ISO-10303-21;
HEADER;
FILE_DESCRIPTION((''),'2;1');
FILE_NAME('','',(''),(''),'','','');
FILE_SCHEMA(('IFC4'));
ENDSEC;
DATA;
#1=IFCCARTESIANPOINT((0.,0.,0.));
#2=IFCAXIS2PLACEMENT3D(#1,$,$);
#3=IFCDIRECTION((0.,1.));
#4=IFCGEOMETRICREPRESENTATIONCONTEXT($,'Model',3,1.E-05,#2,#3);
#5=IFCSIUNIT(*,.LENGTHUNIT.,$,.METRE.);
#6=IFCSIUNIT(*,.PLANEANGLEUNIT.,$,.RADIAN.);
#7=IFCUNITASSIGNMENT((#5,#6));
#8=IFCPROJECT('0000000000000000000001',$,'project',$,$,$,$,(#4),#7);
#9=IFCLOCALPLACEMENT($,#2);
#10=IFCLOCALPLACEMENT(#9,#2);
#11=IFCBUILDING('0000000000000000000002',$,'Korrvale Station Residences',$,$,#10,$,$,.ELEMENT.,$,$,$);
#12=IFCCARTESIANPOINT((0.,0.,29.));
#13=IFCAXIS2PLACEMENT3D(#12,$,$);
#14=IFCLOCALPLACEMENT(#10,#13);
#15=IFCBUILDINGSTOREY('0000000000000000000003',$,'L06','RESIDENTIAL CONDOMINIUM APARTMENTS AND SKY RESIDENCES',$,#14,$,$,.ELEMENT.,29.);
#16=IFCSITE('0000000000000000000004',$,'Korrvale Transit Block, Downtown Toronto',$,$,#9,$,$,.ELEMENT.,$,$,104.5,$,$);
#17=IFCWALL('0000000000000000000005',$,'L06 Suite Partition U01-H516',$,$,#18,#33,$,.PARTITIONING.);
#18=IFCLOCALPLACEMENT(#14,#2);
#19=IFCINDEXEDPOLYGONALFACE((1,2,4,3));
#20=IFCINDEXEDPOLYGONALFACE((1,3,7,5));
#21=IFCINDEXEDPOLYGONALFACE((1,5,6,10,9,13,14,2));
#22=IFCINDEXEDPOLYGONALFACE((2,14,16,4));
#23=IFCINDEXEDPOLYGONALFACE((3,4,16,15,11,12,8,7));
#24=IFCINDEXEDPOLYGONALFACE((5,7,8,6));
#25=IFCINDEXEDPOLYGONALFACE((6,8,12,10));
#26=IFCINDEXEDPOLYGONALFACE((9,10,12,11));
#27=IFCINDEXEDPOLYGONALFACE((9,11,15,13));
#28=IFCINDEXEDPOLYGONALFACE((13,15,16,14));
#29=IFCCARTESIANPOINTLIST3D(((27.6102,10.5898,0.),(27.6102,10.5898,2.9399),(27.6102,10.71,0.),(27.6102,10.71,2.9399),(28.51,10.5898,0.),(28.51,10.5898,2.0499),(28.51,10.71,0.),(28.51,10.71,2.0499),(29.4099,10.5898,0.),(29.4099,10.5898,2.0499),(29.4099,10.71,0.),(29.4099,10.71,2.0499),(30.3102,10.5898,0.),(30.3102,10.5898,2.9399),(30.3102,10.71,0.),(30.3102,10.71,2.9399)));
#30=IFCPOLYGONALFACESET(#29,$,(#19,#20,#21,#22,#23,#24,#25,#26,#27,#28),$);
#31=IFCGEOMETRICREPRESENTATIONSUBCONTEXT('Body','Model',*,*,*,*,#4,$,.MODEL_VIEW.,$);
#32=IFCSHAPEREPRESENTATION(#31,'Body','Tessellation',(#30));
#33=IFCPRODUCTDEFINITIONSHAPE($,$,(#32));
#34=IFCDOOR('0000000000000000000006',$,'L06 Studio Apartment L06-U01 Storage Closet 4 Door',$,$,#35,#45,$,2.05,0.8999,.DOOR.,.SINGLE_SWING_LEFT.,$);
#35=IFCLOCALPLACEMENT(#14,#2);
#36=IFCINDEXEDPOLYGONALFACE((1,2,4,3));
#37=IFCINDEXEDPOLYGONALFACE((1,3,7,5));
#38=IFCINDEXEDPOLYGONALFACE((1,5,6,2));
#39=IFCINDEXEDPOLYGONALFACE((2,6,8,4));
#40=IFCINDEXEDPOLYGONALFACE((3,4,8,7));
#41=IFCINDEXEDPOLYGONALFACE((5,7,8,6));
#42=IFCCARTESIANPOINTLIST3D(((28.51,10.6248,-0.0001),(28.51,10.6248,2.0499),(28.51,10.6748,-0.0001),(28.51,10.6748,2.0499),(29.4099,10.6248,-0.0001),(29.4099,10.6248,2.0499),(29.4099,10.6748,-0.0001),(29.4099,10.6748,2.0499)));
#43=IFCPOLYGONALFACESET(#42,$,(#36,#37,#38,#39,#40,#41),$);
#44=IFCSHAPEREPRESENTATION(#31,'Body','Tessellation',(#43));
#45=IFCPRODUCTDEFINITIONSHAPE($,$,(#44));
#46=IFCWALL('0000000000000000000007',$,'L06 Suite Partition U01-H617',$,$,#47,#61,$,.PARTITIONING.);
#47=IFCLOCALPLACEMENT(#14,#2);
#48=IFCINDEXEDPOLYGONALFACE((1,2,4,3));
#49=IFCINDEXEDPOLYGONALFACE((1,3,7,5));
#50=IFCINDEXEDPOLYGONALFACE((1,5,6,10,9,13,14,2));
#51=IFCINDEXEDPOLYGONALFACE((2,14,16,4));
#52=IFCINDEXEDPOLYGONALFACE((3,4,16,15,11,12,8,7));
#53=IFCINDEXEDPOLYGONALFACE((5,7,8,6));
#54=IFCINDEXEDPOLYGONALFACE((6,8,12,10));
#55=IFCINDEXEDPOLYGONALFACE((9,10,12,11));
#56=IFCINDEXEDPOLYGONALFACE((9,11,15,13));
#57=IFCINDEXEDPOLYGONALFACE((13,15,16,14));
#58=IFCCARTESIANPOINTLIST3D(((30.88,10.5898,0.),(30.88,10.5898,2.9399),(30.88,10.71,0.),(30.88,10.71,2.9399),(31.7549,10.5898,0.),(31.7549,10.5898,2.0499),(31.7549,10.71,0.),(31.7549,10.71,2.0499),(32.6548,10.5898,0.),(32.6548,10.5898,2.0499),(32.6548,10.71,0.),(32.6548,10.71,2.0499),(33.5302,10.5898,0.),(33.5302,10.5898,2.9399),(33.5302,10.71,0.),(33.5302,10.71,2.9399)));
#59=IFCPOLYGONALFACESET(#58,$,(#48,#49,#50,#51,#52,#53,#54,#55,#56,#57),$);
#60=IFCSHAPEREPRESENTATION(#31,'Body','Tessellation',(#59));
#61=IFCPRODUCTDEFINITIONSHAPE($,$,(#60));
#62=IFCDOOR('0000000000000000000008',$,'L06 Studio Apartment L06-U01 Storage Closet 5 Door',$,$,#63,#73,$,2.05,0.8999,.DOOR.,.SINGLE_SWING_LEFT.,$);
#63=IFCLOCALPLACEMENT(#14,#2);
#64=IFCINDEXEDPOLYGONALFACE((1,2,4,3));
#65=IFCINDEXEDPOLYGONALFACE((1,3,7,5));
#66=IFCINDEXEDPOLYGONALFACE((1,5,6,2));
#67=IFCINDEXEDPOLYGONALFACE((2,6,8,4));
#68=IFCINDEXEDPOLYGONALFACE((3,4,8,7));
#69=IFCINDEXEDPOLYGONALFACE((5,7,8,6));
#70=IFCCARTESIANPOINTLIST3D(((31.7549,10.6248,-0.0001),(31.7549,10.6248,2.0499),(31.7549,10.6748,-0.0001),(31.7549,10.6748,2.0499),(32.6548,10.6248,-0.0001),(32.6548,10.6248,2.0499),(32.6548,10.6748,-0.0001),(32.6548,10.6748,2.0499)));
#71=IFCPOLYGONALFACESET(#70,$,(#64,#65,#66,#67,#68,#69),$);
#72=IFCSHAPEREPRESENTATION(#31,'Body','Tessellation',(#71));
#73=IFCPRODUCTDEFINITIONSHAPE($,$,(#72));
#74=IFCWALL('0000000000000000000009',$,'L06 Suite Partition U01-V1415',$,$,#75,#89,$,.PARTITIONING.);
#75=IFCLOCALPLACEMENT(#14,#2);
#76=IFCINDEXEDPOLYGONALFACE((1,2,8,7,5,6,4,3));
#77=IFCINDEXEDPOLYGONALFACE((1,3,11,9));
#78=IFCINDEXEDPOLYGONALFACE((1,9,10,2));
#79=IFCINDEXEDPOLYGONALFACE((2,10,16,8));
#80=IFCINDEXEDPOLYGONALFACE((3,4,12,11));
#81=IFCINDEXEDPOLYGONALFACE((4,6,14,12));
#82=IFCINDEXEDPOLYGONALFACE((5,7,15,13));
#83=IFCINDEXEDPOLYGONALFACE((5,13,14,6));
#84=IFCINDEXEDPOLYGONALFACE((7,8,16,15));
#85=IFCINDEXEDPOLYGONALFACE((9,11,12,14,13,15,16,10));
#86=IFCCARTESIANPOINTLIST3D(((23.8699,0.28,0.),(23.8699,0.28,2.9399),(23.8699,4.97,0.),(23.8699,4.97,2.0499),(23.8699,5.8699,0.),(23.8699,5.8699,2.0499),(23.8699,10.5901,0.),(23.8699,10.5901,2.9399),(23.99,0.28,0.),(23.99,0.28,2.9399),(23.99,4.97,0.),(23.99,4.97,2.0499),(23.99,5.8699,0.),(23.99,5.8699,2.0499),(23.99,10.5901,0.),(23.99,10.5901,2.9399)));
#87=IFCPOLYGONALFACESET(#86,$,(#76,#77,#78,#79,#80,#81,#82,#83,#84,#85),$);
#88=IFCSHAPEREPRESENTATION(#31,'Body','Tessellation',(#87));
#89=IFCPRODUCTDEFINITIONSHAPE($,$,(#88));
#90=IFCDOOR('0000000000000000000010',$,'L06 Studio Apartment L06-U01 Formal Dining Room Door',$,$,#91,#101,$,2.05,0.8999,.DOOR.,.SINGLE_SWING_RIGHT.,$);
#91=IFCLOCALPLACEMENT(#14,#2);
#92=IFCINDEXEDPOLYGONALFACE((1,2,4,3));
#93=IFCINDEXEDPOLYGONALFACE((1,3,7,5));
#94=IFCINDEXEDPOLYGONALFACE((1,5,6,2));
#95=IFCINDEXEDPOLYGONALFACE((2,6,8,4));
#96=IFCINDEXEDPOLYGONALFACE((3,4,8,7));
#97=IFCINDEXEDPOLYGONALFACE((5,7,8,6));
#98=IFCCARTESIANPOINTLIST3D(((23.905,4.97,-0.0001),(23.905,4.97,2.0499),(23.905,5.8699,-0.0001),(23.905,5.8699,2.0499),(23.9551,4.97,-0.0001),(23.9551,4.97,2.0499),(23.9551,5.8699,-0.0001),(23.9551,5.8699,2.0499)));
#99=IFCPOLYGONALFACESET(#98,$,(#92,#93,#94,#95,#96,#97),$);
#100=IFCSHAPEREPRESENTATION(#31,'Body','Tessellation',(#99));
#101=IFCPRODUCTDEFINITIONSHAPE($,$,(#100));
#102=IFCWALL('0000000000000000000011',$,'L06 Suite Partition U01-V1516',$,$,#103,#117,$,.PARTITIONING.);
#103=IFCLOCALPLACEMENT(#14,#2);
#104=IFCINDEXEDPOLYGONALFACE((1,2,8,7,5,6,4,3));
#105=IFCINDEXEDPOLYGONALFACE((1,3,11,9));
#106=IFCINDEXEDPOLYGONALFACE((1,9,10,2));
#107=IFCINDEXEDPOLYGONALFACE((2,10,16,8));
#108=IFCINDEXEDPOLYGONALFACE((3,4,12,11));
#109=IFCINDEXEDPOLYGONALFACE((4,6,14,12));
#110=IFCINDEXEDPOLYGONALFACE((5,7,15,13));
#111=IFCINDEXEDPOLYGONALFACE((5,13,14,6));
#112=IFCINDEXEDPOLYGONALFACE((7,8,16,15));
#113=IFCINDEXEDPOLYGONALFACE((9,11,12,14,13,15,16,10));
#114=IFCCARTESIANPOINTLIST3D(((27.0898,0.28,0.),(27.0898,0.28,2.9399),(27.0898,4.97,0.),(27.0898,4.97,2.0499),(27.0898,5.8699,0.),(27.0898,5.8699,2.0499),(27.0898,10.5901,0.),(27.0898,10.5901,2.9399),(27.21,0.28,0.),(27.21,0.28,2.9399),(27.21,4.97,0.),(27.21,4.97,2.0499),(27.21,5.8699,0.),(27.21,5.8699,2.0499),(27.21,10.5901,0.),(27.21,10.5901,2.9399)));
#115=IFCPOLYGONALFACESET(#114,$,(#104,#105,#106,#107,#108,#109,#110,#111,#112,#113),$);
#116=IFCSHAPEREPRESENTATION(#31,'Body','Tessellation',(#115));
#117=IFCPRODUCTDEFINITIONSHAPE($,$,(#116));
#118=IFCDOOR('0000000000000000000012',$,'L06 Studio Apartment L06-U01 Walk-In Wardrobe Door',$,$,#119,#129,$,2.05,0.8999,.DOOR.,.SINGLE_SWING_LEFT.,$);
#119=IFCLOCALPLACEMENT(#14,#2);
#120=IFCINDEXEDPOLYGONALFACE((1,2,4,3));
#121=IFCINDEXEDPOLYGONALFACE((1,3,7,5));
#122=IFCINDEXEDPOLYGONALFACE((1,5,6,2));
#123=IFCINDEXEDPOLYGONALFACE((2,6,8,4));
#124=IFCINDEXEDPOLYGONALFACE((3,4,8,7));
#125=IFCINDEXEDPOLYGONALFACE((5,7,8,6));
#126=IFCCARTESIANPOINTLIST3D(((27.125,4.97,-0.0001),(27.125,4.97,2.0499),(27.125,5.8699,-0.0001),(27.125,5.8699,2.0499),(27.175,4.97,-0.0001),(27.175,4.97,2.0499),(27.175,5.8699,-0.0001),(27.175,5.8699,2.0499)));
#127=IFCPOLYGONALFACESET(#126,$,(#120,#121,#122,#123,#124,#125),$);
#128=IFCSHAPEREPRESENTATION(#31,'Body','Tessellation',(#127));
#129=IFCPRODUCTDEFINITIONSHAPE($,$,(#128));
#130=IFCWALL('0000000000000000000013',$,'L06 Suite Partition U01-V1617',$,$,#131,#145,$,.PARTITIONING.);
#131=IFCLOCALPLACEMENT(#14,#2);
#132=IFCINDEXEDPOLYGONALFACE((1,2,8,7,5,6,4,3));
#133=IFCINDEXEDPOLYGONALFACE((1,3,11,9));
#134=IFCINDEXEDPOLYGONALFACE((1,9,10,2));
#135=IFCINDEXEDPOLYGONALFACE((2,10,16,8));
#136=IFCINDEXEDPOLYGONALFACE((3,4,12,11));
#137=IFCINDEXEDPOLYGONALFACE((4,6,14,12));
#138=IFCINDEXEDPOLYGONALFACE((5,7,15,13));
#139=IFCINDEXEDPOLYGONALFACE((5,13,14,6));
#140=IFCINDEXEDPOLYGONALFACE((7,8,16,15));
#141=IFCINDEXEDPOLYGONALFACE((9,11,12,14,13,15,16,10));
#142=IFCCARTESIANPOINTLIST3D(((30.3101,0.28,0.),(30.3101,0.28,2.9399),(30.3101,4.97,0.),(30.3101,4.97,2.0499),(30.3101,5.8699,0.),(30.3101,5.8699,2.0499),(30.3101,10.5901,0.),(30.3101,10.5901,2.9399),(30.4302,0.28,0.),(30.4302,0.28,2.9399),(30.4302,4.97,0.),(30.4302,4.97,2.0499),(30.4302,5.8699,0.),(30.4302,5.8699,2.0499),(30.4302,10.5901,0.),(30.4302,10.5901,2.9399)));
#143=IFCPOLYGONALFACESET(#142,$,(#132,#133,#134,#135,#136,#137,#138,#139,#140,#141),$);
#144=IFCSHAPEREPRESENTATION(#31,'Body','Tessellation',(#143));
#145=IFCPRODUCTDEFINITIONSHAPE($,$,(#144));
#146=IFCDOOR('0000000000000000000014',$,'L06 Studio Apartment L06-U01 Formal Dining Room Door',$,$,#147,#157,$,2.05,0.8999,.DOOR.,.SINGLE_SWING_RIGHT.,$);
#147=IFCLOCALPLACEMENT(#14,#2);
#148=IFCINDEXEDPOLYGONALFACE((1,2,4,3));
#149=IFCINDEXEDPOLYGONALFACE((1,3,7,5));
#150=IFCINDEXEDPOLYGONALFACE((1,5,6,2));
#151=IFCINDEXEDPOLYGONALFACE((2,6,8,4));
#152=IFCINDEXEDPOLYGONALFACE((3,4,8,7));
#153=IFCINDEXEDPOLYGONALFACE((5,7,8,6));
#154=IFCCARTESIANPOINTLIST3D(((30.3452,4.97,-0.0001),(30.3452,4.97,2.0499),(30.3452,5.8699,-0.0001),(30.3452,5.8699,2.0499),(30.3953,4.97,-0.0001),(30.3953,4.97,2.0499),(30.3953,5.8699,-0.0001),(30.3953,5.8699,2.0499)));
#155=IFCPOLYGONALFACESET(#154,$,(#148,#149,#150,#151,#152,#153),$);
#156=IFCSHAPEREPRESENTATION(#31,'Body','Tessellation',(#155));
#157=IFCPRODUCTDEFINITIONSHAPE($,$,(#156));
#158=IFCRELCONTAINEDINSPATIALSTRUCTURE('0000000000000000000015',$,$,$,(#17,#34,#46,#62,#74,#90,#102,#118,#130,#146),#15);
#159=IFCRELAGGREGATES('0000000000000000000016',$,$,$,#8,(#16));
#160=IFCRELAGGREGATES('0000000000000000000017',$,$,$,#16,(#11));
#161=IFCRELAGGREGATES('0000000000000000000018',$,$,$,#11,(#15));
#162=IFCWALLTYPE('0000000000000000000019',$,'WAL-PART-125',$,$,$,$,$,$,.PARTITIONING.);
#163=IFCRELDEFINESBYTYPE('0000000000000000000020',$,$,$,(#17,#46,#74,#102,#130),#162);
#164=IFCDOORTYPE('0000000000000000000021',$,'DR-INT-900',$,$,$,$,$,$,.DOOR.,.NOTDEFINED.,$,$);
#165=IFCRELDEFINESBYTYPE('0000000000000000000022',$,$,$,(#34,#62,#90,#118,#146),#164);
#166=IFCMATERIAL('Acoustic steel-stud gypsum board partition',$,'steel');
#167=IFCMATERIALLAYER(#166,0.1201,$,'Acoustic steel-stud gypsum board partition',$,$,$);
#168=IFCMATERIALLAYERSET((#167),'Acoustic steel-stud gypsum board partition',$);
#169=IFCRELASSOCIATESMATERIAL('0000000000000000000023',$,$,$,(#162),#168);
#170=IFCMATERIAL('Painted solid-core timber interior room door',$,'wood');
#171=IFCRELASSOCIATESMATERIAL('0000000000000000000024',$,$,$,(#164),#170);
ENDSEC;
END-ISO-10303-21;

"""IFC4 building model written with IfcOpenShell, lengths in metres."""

from ifc_helpers import new_model, si_unit, direction, frame, frame_2d, origin, place, context, subcontext, project, spatial, rectangle, extrude, material, layer, layer_set, type_object, element, fill, save


model = new_model("IFC4")

# Units and contexts
model_context = context("Model", 3, precision=1e-05, world=origin(), true_north=direction((0.0, 1.0)))
body_context = subcontext(model_context, "Body", "Model", "MODEL_VIEW")
ifc_project = project(units=[si_unit("LENGTHUNIT", "METRE"), si_unit("PLANEANGLEUNIT", "RADIAN")], contexts=[model_context])

# Site, building, storey
site_placement = place(None, origin())
site = spatial("IfcSite", under=ifc_project, at=site_placement, Name="Korrvale Transit Block, Downtown Toronto", CompositionType="ELEMENT", RefElevation=104.5)
building_placement = place(site_placement, origin())
building = spatial("IfcBuilding", under=site, at=building_placement, Name="Korrvale Station Residences", CompositionType="ELEMENT")
storey_placement = place(building_placement, frame((0.0, 0.0, 29.0)))
storey = spatial("IfcBuildingStorey", under=building, at=storey_placement, Name="L06", Description="RESIDENTIAL CONDOMINIUM APARTMENTS AND SKY RESIDENCES", CompositionType="ELEMENT", Elevation=29.0)

# Walls, openings, doors
ifc_material_1 = material(Name="Acoustic steel-stud gypsum board partition", Category="steel")
ifc_layer_1 = layer(ifc_material_1, 0.1201, Name="Acoustic steel-stud gypsum board partition")
ifc_layer_set_1 = layer_set([ifc_layer_1], Name="Acoustic steel-stud gypsum board partition")
wall_type = type_object("IfcWallType", Name="WAL-PART-125", PredefinedType="PARTITIONING", material=ifc_layer_set_1)
ifc_material_2 = material(Name="Painted solid-core timber interior room door", Category="wood")
door_type = type_object("IfcDoorType", Name="DR-INT-900", OperationType="NOTDEFINED", PredefinedType="DOOR", material=ifc_material_2)
wall_1_placement = place(storey_placement, frame((27.6101, 10.6499, 0.0), z_axis=(0.0, 0.0, 1.0), x_axis=(1.0, 0.0, 0.0)))
wall_1 = element("IfcWall", 1, at=wall_1_placement, inside=storey, type_object=wall_type, Name="L06 Suite Partition U01-H516", PredefinedType="PARTITIONING", context=body_context, shape_type="SweptSolid", body=[
    extrude(rectangle(XDim=2.7, YDim=0.1201, at=frame_2d((1.3501, 0.0))), origin(), (0.0, 0.0, 1.0), 2.9399),
])
opening_1_placement = place(wall_1_placement, frame((0.8999, 0.0, 0.0)))
opening_1 = element("IfcOpeningElement", 2, at=opening_1_placement, cuts=wall_1, PredefinedType="OPENING", context=body_context, shape_type="SweptSolid", body=[
    extrude(rectangle(XDim=0.8999, YDim=2.05, at=frame_2d((0.45, 1.0249))), frame((0.0, 0.0701, 0.0), z_axis=(0.0, -1.0, 0.0), x_axis=(1.0, 0.0, 0.0)), (0.0, 0.0, 1.0), 0.1401),
])
door_1_placement = place(opening_1_placement, origin())
door_1 = element("IfcDoor", 3, at=door_1_placement, inside=storey, type_object=door_type, Name="L06 Studio Apartment L06-U01 Storage Closet 4 Door", OperationType="SINGLE_SWING_LEFT", OverallHeight=2.05, OverallWidth=0.8999, PredefinedType="DOOR", context=body_context, shape_type="SweptSolid", body=[
    extrude(rectangle(XDim=0.8999, YDim=2.05, at=frame_2d((0.45, 1.0249))), frame((0.0, 0.0249, 0.0), z_axis=(0.0, -1.0, 0.0), x_axis=(1.0, 0.0, 0.0)), (0.0, 0.0, 1.0), 0.05),
])
fill(opening_1, door_1)
wall_2_placement = place(storey_placement, frame((30.8799, 10.6499, 0.0), z_axis=(0.0, 0.0, 1.0), x_axis=(1.0, 0.0, 0.0)))
wall_2 = element("IfcWall", 4, at=wall_2_placement, inside=storey, type_object=wall_type, Name="L06 Suite Partition U01-H617", PredefinedType="PARTITIONING", context=body_context, shape_type="SweptSolid", body=[
    extrude(rectangle(XDim=2.6501, YDim=0.1201, at=frame_2d((1.3252, 0.0))), origin(), (0.0, 0.0, 1.0), 2.9399),
])
opening_2_placement = place(wall_2_placement, frame((0.875, 0.0, 0.0)))
opening_2 = element("IfcOpeningElement", 5, at=opening_2_placement, cuts=wall_2, PredefinedType="OPENING", context=body_context, shape_type="SweptSolid", body=[
    extrude(rectangle(XDim=0.8999, YDim=2.05, at=frame_2d((0.45, 1.0249))), frame((0.0, 0.0701, 0.0), z_axis=(0.0, -1.0, 0.0), x_axis=(1.0, 0.0, 0.0)), (0.0, 0.0, 1.0), 0.1401),
])
door_2_placement = place(opening_2_placement, origin())
door_2 = element("IfcDoor", 6, at=door_2_placement, inside=storey, type_object=door_type, Name="L06 Studio Apartment L06-U01 Storage Closet 5 Door", OperationType="SINGLE_SWING_LEFT", OverallHeight=2.05, OverallWidth=0.8999, PredefinedType="DOOR", context=body_context, shape_type="SweptSolid", body=[
    extrude(rectangle(XDim=0.8999, YDim=2.05, at=frame_2d((0.45, 1.0249))), frame((0.0, 0.0249, 0.0), z_axis=(0.0, -1.0, 0.0), x_axis=(1.0, 0.0, 0.0)), (0.0, 0.0, 1.0), 0.05),
])
fill(opening_2, door_2)
wall_3_placement = place(storey_placement, frame((23.9299, 0.28, 0.0), z_axis=(0.0, 0.0, 1.0), x_axis=(0.0, 1.0, 0.0)))
wall_3 = element("IfcWall", 7, at=wall_3_placement, inside=storey, type_object=wall_type, Name="L06 Suite Partition U01-V1415", PredefinedType="PARTITIONING", context=body_context, shape_type="SweptSolid", body=[
    extrude(rectangle(XDim=10.3101, YDim=0.1201, at=frame_2d((5.155, 0.0))), origin(), (0.0, 0.0, 1.0), 2.9399),
])
opening_3_placement = place(wall_3_placement, frame((4.6899, 0.0, 0.0)))
opening_3 = element("IfcOpeningElement", 8, at=opening_3_placement, cuts=wall_3, PredefinedType="OPENING", context=body_context, shape_type="SweptSolid", body=[
    extrude(rectangle(XDim=0.8999, YDim=2.05, at=frame_2d((0.45, 1.0249))), frame((0.0, 0.0701, 0.0), z_axis=(0.0, -1.0, 0.0), x_axis=(1.0, 0.0, 0.0)), (0.0, 0.0, 1.0), 0.1401),
])
door_3_placement = place(opening_3_placement, origin())
door_3 = element("IfcDoor", 9, at=door_3_placement, inside=storey, type_object=door_type, Name="L06 Studio Apartment L06-U01 Formal Dining Room Door", OperationType="SINGLE_SWING_RIGHT", OverallHeight=2.05, OverallWidth=0.8999, PredefinedType="DOOR", context=body_context, shape_type="SweptSolid", body=[
    extrude(rectangle(XDim=0.8999, YDim=2.05, at=frame_2d((0.45, 1.0249))), frame((0.0, 0.0249, 0.0), z_axis=(0.0, -1.0, 0.0), x_axis=(1.0, 0.0, 0.0)), (0.0, 0.0, 1.0), 0.05),
])
fill(opening_3, door_3)
wall_4_placement = place(storey_placement, frame((27.1499, 0.28, 0.0), z_axis=(0.0, 0.0, 1.0), x_axis=(0.0, 1.0, 0.0)))
wall_4 = element("IfcWall", 10, at=wall_4_placement, inside=storey, type_object=wall_type, Name="L06 Suite Partition U01-V1516", PredefinedType="PARTITIONING", context=body_context, shape_type="SweptSolid", body=[
    extrude(rectangle(XDim=10.3101, YDim=0.1201, at=frame_2d((5.155, 0.0))), origin(), (0.0, 0.0, 1.0), 2.9399),
])
opening_4_placement = place(wall_4_placement, frame((4.6899, 0.0, 0.0)))
opening_4 = element("IfcOpeningElement", 11, at=opening_4_placement, cuts=wall_4, PredefinedType="OPENING", context=body_context, shape_type="SweptSolid", body=[
    extrude(rectangle(XDim=0.8999, YDim=2.05, at=frame_2d((0.45, 1.0249))), frame((0.0, 0.0701, 0.0), z_axis=(0.0, -1.0, 0.0), x_axis=(1.0, 0.0, 0.0)), (0.0, 0.0, 1.0), 0.1401),
])
door_4_placement = place(opening_4_placement, origin())
door_4 = element("IfcDoor", 12, at=door_4_placement, inside=storey, type_object=door_type, Name="L06 Studio Apartment L06-U01 Walk-In Wardrobe Door", OperationType="SINGLE_SWING_LEFT", OverallHeight=2.05, OverallWidth=0.8999, PredefinedType="DOOR", context=body_context, shape_type="SweptSolid", body=[
    extrude(rectangle(XDim=0.8999, YDim=2.05, at=frame_2d((0.45, 1.0249))), frame((0.0, 0.0249, 0.0), z_axis=(0.0, -1.0, 0.0), x_axis=(1.0, 0.0, 0.0)), (0.0, 0.0, 1.0), 0.05),
])
fill(opening_4, door_4)
wall_5_placement = place(storey_placement, frame((30.3701, 0.28, 0.0), z_axis=(0.0, 0.0, 1.0), x_axis=(0.0, 1.0, 0.0)))
wall_5 = element("IfcWall", 13, at=wall_5_placement, inside=storey, type_object=wall_type, Name="L06 Suite Partition U01-V1617", PredefinedType="PARTITIONING", context=body_context, shape_type="SweptSolid", body=[
    extrude(rectangle(XDim=10.3101, YDim=0.1201, at=frame_2d((5.155, 0.0))), origin(), (0.0, 0.0, 1.0), 2.9399),
])
opening_5_placement = place(wall_5_placement, frame((4.6899, 0.0, 0.0)))
opening_5 = element("IfcOpeningElement", 14, at=opening_5_placement, cuts=wall_5, PredefinedType="OPENING", context=body_context, shape_type="SweptSolid", body=[
    extrude(rectangle(XDim=0.8999, YDim=2.05, at=frame_2d((0.45, 1.0249))), frame((0.0, 0.0701, 0.0), z_axis=(0.0, -1.0, 0.0), x_axis=(1.0, 0.0, 0.0)), (0.0, 0.0, 1.0), 0.1401),
])
door_5_placement = place(opening_5_placement, origin())
door_5 = element("IfcDoor", 15, at=door_5_placement, inside=storey, type_object=door_type, Name="L06 Studio Apartment L06-U01 Formal Dining Room Door", OperationType="SINGLE_SWING_RIGHT", OverallHeight=2.05, OverallWidth=0.8999, PredefinedType="DOOR", context=body_context, shape_type="SweptSolid", body=[
    extrude(rectangle(XDim=0.8999, YDim=2.05, at=frame_2d((0.45, 1.0249))), frame((0.0, 0.0249, 0.0), z_axis=(0.0, -1.0, 0.0), x_axis=(1.0, 0.0, 0.0)), (0.0, 0.0, 1.0), 0.05),
])
fill(opening_5, door_5)

save(model, "model.ifc")
